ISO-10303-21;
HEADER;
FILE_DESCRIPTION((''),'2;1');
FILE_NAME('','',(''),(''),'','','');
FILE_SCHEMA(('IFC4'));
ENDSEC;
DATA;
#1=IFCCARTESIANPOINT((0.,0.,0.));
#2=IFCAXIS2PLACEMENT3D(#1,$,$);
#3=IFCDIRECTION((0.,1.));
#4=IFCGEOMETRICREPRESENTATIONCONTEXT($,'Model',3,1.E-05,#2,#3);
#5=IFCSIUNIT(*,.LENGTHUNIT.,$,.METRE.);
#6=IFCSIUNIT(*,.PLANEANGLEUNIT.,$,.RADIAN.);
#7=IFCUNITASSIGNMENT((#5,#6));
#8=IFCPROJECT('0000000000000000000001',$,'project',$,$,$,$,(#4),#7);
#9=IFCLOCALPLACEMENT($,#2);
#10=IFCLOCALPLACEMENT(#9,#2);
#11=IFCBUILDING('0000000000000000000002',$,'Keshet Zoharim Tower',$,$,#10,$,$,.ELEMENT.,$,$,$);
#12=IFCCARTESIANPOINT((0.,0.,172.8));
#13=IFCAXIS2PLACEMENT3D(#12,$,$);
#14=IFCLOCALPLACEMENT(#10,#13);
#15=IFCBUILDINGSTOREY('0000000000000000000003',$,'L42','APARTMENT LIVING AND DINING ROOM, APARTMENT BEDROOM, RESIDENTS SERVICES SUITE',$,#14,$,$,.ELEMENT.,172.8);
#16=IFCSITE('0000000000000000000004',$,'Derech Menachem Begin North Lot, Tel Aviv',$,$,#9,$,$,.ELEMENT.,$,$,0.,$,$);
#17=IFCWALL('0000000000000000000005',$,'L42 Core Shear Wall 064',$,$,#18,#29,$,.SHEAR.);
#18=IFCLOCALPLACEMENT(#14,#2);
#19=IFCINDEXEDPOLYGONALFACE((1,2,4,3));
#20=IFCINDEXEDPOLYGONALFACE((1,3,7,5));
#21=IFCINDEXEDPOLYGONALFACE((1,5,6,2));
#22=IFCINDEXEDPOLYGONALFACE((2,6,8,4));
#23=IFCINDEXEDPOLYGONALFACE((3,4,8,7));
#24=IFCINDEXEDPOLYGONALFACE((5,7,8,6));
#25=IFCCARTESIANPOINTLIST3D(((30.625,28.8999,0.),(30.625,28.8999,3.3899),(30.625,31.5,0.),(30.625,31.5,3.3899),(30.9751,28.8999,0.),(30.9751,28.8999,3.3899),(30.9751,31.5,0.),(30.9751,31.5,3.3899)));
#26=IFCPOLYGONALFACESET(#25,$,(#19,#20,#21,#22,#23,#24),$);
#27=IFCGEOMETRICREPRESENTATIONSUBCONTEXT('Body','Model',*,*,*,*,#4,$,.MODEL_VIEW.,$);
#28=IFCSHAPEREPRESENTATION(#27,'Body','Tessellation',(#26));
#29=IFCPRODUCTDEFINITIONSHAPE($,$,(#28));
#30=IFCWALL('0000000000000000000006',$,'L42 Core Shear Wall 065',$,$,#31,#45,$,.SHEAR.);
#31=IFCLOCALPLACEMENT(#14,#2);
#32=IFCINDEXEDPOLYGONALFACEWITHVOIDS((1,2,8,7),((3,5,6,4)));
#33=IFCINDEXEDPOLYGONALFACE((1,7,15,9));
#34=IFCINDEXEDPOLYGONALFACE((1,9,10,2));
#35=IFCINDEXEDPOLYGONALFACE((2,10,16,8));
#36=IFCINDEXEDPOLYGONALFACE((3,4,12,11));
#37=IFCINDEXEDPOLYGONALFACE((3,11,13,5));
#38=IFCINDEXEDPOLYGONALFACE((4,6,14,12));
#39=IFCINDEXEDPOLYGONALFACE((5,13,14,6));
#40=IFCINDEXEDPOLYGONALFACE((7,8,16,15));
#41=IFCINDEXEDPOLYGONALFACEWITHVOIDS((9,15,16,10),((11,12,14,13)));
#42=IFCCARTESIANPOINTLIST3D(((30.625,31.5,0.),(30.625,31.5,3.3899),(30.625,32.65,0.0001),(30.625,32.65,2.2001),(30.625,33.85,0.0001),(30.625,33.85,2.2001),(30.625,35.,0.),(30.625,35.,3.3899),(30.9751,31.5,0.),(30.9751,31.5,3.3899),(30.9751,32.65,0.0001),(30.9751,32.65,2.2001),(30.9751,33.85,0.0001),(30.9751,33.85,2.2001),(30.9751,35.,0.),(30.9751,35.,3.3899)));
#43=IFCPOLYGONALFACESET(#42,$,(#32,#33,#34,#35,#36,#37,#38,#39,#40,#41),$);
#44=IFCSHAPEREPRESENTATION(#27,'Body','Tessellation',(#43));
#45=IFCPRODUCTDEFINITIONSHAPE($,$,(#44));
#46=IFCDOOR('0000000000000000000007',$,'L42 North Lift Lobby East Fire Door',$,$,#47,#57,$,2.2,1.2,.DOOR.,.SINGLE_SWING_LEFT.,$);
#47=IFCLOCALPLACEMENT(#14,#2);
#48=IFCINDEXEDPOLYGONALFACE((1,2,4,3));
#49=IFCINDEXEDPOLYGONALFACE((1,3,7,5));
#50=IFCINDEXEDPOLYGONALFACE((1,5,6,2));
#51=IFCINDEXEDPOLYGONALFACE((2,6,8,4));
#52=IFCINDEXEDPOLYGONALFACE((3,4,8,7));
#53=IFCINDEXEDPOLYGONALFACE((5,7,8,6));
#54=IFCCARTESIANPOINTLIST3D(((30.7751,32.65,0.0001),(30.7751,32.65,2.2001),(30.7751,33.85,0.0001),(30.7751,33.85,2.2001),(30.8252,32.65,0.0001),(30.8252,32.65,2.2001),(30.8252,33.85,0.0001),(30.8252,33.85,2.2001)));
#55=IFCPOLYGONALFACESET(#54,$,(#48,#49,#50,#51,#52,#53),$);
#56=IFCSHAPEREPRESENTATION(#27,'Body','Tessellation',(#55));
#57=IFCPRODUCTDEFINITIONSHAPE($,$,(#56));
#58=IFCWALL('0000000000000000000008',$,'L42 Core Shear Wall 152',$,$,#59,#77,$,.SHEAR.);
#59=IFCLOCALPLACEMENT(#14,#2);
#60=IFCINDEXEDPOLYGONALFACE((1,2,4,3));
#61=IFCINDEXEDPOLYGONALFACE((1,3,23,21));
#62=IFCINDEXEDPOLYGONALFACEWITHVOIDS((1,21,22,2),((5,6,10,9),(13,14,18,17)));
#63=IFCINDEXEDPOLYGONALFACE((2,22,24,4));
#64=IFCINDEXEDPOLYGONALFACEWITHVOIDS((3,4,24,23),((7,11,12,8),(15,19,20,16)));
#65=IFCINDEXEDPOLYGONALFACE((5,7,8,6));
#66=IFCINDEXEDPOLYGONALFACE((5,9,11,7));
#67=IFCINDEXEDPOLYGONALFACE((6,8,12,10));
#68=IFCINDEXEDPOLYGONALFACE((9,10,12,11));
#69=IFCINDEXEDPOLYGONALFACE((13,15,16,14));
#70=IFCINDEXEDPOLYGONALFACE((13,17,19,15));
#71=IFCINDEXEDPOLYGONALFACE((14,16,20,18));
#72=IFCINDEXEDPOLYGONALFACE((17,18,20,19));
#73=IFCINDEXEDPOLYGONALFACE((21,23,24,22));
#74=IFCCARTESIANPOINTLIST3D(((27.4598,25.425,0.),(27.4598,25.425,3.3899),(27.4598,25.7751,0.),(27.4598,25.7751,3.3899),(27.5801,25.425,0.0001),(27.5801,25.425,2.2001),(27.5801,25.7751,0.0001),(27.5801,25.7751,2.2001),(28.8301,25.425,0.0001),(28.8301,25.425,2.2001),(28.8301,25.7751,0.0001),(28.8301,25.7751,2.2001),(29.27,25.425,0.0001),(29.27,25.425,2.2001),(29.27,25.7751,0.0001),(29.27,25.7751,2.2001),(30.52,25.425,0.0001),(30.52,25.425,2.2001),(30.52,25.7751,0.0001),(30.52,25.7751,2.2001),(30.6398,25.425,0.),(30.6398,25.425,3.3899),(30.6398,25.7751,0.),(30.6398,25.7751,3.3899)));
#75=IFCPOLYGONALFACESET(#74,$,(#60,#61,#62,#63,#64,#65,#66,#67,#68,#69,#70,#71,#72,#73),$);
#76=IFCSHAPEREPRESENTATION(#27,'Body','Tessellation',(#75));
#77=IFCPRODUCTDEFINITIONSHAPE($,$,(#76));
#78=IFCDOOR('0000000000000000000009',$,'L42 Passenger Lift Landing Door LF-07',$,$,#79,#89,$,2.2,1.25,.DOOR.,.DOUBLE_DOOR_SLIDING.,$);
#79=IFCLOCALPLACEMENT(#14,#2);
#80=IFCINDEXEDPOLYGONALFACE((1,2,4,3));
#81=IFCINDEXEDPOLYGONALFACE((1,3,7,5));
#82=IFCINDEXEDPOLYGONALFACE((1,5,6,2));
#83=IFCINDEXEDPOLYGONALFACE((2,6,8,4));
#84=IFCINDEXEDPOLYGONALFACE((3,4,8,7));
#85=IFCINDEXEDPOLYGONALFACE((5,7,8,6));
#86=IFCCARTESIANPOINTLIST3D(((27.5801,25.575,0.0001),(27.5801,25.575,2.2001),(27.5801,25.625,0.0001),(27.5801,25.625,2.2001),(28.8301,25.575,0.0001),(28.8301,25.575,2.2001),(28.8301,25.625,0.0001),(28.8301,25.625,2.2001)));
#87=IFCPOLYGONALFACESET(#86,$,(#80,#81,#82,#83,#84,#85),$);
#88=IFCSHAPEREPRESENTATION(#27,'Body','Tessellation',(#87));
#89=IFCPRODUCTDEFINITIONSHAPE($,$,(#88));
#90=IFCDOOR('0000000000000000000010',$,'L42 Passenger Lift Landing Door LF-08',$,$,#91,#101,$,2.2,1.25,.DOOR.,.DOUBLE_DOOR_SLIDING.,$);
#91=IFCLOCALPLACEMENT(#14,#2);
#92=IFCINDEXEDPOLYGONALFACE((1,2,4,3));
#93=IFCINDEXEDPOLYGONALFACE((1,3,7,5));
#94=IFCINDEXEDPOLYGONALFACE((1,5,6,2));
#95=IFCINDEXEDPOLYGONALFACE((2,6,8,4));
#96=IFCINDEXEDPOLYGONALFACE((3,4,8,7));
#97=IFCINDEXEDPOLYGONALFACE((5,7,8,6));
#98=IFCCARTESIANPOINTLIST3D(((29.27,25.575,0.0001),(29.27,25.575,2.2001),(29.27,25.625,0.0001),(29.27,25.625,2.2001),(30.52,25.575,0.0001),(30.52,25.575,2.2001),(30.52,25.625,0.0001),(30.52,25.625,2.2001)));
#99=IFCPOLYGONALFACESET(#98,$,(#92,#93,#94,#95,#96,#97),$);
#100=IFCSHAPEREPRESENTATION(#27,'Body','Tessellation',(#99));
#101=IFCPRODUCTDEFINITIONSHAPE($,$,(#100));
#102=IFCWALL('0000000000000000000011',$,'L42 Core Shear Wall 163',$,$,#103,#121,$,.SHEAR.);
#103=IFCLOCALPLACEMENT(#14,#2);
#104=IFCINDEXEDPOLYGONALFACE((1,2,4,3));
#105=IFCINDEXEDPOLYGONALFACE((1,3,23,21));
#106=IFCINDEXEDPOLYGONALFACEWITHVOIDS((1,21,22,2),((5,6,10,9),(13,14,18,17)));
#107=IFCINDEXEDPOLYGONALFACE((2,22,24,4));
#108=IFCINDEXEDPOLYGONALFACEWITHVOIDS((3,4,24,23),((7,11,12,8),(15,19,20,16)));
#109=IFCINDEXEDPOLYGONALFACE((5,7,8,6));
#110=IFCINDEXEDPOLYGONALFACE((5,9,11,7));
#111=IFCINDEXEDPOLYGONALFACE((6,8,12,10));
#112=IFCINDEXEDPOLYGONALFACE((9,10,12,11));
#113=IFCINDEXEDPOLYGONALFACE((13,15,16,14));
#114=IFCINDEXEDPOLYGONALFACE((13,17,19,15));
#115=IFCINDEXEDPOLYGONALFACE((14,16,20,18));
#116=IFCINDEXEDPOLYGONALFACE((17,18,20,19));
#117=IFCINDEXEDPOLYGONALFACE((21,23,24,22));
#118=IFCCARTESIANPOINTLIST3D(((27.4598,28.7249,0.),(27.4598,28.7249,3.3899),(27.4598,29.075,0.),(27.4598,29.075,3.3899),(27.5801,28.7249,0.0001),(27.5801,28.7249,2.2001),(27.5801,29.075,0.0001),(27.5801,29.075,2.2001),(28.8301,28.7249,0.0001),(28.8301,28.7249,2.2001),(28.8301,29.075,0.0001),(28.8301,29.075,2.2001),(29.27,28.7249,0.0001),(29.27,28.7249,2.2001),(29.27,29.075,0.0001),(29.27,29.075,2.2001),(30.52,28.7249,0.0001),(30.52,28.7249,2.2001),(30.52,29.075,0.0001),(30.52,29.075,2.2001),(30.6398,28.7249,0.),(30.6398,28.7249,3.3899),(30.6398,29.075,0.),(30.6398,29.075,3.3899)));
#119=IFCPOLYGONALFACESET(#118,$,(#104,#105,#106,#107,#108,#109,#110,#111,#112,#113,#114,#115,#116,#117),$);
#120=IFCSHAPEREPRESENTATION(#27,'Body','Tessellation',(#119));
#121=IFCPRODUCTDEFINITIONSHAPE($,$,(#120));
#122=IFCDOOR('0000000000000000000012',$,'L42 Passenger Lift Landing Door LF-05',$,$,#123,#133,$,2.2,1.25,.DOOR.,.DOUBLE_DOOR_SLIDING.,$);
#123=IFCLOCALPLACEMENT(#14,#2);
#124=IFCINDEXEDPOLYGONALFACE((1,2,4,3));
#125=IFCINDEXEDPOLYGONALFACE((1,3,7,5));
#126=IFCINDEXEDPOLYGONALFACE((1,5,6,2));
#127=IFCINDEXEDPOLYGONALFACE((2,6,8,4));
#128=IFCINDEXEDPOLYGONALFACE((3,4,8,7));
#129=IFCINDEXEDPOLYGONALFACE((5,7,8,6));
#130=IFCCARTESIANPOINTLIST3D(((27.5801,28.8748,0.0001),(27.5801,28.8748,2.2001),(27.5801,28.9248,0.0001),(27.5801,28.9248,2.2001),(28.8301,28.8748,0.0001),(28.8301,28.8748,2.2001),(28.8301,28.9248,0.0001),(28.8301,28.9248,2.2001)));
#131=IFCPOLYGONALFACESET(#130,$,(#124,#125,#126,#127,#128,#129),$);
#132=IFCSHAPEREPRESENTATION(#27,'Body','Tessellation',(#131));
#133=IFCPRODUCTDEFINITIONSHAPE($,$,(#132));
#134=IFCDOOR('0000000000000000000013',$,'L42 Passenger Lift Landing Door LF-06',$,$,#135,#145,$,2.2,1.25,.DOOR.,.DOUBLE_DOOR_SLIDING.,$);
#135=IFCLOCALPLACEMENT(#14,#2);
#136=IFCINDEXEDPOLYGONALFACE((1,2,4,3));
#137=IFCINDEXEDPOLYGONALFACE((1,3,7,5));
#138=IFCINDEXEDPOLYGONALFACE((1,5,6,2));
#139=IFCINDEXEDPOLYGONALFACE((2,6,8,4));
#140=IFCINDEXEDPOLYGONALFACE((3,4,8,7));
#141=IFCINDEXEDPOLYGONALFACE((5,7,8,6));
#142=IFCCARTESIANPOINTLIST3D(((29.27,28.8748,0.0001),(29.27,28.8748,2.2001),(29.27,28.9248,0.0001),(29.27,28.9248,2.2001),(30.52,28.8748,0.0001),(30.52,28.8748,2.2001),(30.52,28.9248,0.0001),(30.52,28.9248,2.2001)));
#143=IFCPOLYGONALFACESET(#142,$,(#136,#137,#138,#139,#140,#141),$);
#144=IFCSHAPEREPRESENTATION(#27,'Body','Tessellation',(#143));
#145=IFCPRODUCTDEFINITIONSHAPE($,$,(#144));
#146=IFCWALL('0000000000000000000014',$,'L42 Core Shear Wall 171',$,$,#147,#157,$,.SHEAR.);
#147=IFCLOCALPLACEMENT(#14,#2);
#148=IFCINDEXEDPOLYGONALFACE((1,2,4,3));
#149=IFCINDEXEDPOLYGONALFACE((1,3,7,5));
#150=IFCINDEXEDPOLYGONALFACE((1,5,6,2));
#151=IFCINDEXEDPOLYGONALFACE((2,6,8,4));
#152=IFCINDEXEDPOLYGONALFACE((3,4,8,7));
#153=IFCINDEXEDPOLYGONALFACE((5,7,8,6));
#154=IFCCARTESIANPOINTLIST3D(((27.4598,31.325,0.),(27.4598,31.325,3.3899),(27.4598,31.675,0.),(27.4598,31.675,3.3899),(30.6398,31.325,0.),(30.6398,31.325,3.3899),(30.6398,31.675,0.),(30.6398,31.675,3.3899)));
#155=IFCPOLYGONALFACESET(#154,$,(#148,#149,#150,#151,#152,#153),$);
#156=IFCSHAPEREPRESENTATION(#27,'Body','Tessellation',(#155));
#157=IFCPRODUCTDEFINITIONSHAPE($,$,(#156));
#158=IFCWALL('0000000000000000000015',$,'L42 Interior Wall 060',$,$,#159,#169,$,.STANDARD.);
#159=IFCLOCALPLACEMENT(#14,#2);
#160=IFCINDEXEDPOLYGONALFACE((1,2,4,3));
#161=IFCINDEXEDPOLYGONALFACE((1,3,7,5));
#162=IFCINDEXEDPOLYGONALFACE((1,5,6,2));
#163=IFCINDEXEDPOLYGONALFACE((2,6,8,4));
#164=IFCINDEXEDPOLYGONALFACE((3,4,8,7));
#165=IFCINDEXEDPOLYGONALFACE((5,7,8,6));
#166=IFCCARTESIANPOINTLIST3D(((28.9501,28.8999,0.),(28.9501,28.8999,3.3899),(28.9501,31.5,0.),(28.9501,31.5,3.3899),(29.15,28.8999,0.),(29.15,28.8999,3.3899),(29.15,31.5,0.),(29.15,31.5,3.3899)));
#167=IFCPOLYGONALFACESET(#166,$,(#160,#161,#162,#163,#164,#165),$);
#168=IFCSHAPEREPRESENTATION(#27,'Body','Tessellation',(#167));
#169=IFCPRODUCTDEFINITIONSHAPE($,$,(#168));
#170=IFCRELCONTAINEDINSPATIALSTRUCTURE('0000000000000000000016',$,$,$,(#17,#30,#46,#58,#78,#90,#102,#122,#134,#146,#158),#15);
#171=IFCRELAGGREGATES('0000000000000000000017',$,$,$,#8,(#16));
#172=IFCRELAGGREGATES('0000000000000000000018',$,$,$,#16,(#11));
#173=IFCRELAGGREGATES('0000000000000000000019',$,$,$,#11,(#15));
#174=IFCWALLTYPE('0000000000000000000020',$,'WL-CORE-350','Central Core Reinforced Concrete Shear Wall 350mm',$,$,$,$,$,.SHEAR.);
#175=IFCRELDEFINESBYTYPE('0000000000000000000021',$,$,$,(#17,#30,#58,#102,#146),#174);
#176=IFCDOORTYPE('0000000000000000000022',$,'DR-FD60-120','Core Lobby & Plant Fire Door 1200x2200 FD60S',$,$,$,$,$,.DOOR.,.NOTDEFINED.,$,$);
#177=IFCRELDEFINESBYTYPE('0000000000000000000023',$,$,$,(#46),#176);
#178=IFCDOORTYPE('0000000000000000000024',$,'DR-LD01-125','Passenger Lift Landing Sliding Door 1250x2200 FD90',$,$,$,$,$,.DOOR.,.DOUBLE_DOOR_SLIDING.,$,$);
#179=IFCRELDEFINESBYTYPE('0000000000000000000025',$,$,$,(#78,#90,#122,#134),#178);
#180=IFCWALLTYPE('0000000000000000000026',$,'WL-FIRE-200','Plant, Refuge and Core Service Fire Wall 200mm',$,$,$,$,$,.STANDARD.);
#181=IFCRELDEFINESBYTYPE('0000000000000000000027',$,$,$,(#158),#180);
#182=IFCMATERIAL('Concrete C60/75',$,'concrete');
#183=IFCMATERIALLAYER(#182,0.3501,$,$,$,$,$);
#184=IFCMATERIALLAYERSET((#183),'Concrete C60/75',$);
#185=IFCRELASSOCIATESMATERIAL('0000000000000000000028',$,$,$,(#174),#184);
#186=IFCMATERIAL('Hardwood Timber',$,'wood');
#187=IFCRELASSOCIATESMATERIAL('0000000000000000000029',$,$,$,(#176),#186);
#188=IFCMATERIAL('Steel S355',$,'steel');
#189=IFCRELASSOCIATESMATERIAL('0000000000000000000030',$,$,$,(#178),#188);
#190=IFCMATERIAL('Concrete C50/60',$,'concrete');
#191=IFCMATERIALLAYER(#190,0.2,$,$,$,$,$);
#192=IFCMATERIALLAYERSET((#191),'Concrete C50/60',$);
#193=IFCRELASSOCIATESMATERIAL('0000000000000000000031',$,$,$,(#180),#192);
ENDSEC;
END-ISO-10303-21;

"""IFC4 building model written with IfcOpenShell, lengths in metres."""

from ifc_helpers import new_model, si_unit, direction, frame, frame_2d, origin, place, context, subcontext, project, spatial, rectangle, extrude, material, layer, layer_set, type_object, element, fill, save


model = new_model("IFC4")

# Units and contexts
model_context = context("Model", 3, precision=1e-05, world=origin(), true_north=direction((0.0, 1.0)))
body_context = subcontext(model_context, "Body", "Model", "MODEL_VIEW")
ifc_project = project(units=[si_unit("LENGTHUNIT", "METRE"), si_unit("PLANEANGLEUNIT", "RADIAN")], contexts=[model_context])

# Site, building, storey
site_placement = place(None, origin())
site = spatial("IfcSite", under=ifc_project, at=site_placement, Name="Derech Menachem Begin North Lot, Tel Aviv", CompositionType="ELEMENT", RefElevation=0.0)
building_placement = place(site_placement, origin())
building = spatial("IfcBuilding", under=site, at=building_placement, Name="Keshet Zoharim Tower", CompositionType="ELEMENT")
storey_placement = place(building_placement, frame((0.0, 0.0, 172.8)))
storey = spatial("IfcBuildingStorey", under=building, at=storey_placement, Name="L42", Description="APARTMENT LIVING AND DINING ROOM, APARTMENT BEDROOM, RESIDENTS SERVICES SUITE", CompositionType="ELEMENT", Elevation=172.8)

# Shared definitions
ifc_material_1 = material(Name="Concrete C60/75", Category="concrete")

# Shared definitions
ifc_material_2 = material(Name="Steel S355", Category="steel")

# Shared definitions
ifc_layer_1 = layer(ifc_material_1, 0.3501)
ifc_layer_set_1 = layer_set([ifc_layer_1], Name="Concrete C60/75")
wall_type_1 = type_object("IfcWallType", Name="WL-CORE-350", Description="Central Core Reinforced Concrete Shear Wall 350mm", PredefinedType="SHEAR", material=ifc_layer_set_1)

# Shared definitions
ifc_material_3 = material(Name="Hardwood Timber", Category="wood")
door_type_1 = type_object("IfcDoorType", Name="DR-FD60-120", Description="Core Lobby & Plant Fire Door 1200x2200 FD60S", OperationType="NOTDEFINED", PredefinedType="DOOR", material=ifc_material_3)

# Wall
wall_1_placement = place(storey_placement, frame((30.8, 28.8999, 0.0), z_axis=(0.0, 0.0, 1.0), x_axis=(0.0, 1.0, 0.0)))
element("IfcWall", 1, at=wall_1_placement, inside=storey, type_object=wall_type_1, Name="L42 Core Shear Wall 064", PredefinedType="SHEAR", context=body_context, shape_type="SweptSolid", body=[
    extrude(rectangle(XDim=2.6001, YDim=0.3501, at=frame_2d((1.3, 0.0))), origin(), (0.0, 0.0, 1.0), 3.3899),
])

# Wall, opening, door
wall_2_placement = place(storey_placement, frame((30.8, 31.5, 0.0), z_axis=(0.0, 0.0, 1.0), x_axis=(0.0, 1.0, 0.0)))
wall_2 = element("IfcWall", 2, at=wall_2_placement, inside=storey, type_object=wall_type_1, Name="L42 Core Shear Wall 065", PredefinedType="SHEAR", context=body_context, shape_type="SweptSolid", body=[
    extrude(rectangle(XDim=3.5, YDim=0.3501, at=frame_2d((1.75, 0.0))), origin(), (0.0, 0.0, 1.0), 3.3899),
])
opening_1_placement = place(wall_2_placement, frame((1.1499, 0.0, 0.0)))
opening_1 = element("IfcOpeningElement", 3, at=opening_1_placement, cuts=wall_2, PredefinedType="OPENING", context=body_context, shape_type="SweptSolid", body=[
    extrude(rectangle(XDim=1.2, YDim=2.2, at=frame_2d((0.6001, 1.1001))), frame((0.0, 0.1851, 0.0), z_axis=(0.0, -1.0, 0.0), x_axis=(1.0, 0.0, 0.0)), (0.0, 0.0, 1.0), 0.3701),
])
door_1_placement = place(opening_1_placement, origin())
door_1 = element("IfcDoor", 4, at=door_1_placement, inside=storey, type_object=door_type_1, Name="L42 North Lift Lobby East Fire Door", OperationType="SINGLE_SWING_LEFT", OverallHeight=2.2, OverallWidth=1.2, PredefinedType="DOOR", context=body_context, shape_type="SweptSolid", body=[
    extrude(rectangle(XDim=1.2, YDim=2.2, at=frame_2d((0.6001, 1.1001))), frame((0.0, 0.0249, 0.0), z_axis=(0.0, -1.0, 0.0), x_axis=(1.0, 0.0, 0.0)), (0.0, 0.0, 1.0), 0.05),
])
fill(opening_1, door_1)

# Walls, openings, doors
wall_3_placement = place(storey_placement, frame((27.46, 25.6001, 0.0), z_axis=(0.0, 0.0, 1.0), x_axis=(1.0, 0.0, 0.0)))
wall_3 = element("IfcWall", 5, at=wall_3_placement, inside=storey, type_object=wall_type_1, Name="L42 Core Shear Wall 152", PredefinedType="SHEAR", context=body_context, shape_type="SweptSolid", body=[
    extrude(rectangle(XDim=3.1799, YDim=0.3501, at=frame_2d((1.5898, 0.0))), origin(), (0.0, 0.0, 1.0), 3.3899),
])
opening_2_placement = place(wall_3_placement, frame((0.1201, 0.0, 0.0)))
opening_2 = element("IfcOpeningElement", 6, at=opening_2_placement, cuts=wall_3, PredefinedType="OPENING", context=body_context, shape_type="SweptSolid", body=[
    extrude(rectangle(XDim=1.25, YDim=2.2, at=frame_2d((0.625, 1.1001))), frame((0.0, 0.1851, 0.0), z_axis=(0.0, -1.0, 0.0), x_axis=(1.0, 0.0, 0.0)), (0.0, 0.0, 1.0), 0.3701),
])
opening_3_placement = place(wall_3_placement, frame((1.8101, 0.0, 0.0)))
opening_3 = element("IfcOpeningElement", 7, at=opening_3_placement, cuts=wall_3, PredefinedType="OPENING", context=body_context, shape_type="SweptSolid", body=[
    extrude(rectangle(XDim=1.25, YDim=2.2, at=frame_2d((0.625, 1.1001))), frame((0.0, 0.1851, 0.0), z_axis=(0.0, -1.0, 0.0), x_axis=(1.0, 0.0, 0.0)), (0.0, 0.0, 1.0), 0.3701),
])
door_type_2 = type_object("IfcDoorType", Name="DR-LD01-125", Description="Passenger Lift Landing Sliding Door 1250x2200 FD90", OperationType="DOUBLE_DOOR_SLIDING", PredefinedType="DOOR", material=ifc_material_2)
door_2_placement = place(opening_2_placement, origin())
door_2 = element("IfcDoor", 8, at=door_2_placement, inside=storey, type_object=door_type_2, Name="L42 Passenger Lift Landing Door LF-07", OperationType="DOUBLE_DOOR_SLIDING", OverallHeight=2.2, OverallWidth=1.25, PredefinedType="DOOR", context=body_context, shape_type="SweptSolid", body=[
    extrude(rectangle(XDim=1.25, YDim=2.2, at=frame_2d((0.625, 1.1001))), frame((0.0, 0.0249, 0.0), z_axis=(0.0, -1.0, 0.0), x_axis=(1.0, 0.0, 0.0)), (0.0, 0.0, 1.0), 0.05),
])
fill(opening_2, door_2)
door_3_placement = place(opening_3_placement, origin())
door_3 = element("IfcDoor", 9, at=door_3_placement, inside=storey, type_object=door_type_2, Name="L42 Passenger Lift Landing Door LF-08", OperationType="DOUBLE_DOOR_SLIDING", OverallHeight=2.2, OverallWidth=1.25, PredefinedType="DOOR", context=body_context, shape_type="SweptSolid", body=[
    extrude(rectangle(XDim=1.25, YDim=2.2, at=frame_2d((0.625, 1.1001))), frame((0.0, 0.0249, 0.0), z_axis=(0.0, -1.0, 0.0), x_axis=(1.0, 0.0, 0.0)), (0.0, 0.0, 1.0), 0.05),
])
fill(opening_3, door_3)
wall_4_placement = place(storey_placement, frame((27.46, 28.8999, 0.0), z_axis=(0.0, 0.0, 1.0), x_axis=(1.0, 0.0, 0.0)))
wall_4 = element("IfcWall", 10, at=wall_4_placement, inside=storey, type_object=wall_type_1, Name="L42 Core Shear Wall 163", PredefinedType="SHEAR", context=body_context, shape_type="SweptSolid", body=[
    extrude(rectangle(XDim=3.1799, YDim=0.3501, at=frame_2d((1.5898, 0.0))), origin(), (0.0, 0.0, 1.0), 3.3899),
])
opening_4_placement = place(wall_4_placement, frame((0.1201, 0.0, 0.0)))
opening_4 = element("IfcOpeningElement", 11, at=opening_4_placement, cuts=wall_4, PredefinedType="OPENING", context=body_context, shape_type="SweptSolid", body=[
    extrude(rectangle(XDim=1.25, YDim=2.2, at=frame_2d((0.625, 1.1001))), frame((0.0, 0.1851, 0.0), z_axis=(0.0, -1.0, 0.0), x_axis=(1.0, 0.0, 0.0)), (0.0, 0.0, 1.0), 0.3701),
])
opening_5_placement = place(wall_4_placement, frame((1.8101, 0.0, 0.0)))
opening_5 = element("IfcOpeningElement", 12, at=opening_5_placement, cuts=wall_4, PredefinedType="OPENING", context=body_context, shape_type="SweptSolid", body=[
    extrude(rectangle(XDim=1.25, YDim=2.2, at=frame_2d((0.625, 1.1001))), frame((0.0, 0.1851, 0.0), z_axis=(0.0, -1.0, 0.0), x_axis=(1.0, 0.0, 0.0)), (0.0, 0.0, 1.0), 0.3701),
])
door_4_placement = place(opening_4_placement, origin())
door_4 = element("IfcDoor", 13, at=door_4_placement, inside=storey, type_object=door_type_2, Name="L42 Passenger Lift Landing Door LF-05", OperationType="DOUBLE_DOOR_SLIDING", OverallHeight=2.2, OverallWidth=1.25, PredefinedType="DOOR", context=body_context, shape_type="SweptSolid", body=[
    extrude(rectangle(XDim=1.25, YDim=2.2, at=frame_2d((0.625, 1.1001))), frame((0.0, 0.0249, 0.0), z_axis=(0.0, -1.0, 0.0), x_axis=(1.0, 0.0, 0.0)), (0.0, 0.0, 1.0), 0.05),
])
fill(opening_4, door_4)
door_5_placement = place(opening_5_placement, origin())
door_5 = element("IfcDoor", 14, at=door_5_placement, inside=storey, type_object=door_type_2, Name="L42 Passenger Lift Landing Door LF-06", OperationType="DOUBLE_DOOR_SLIDING", OverallHeight=2.2, OverallWidth=1.25, PredefinedType="DOOR", context=body_context, shape_type="SweptSolid", body=[
    extrude(rectangle(XDim=1.25, YDim=2.2, at=frame_2d((0.625, 1.1001))), frame((0.0, 0.0249, 0.0), z_axis=(0.0, -1.0, 0.0), x_axis=(1.0, 0.0, 0.0)), (0.0, 0.0, 1.0), 0.05),
])
fill(opening_5, door_5)

# Walls
wall_5_placement = place(storey_placement, frame((27.46, 31.5, 0.0), z_axis=(0.0, 0.0, 1.0), x_axis=(1.0, 0.0, 0.0)))
element("IfcWall", 15, at=wall_5_placement, inside=storey, type_object=wall_type_1, Name="L42 Core Shear Wall 171", PredefinedType="SHEAR", context=body_context, shape_type="SweptSolid", body=[
    extrude(rectangle(XDim=3.1799, YDim=0.3501, at=frame_2d((1.5898, 0.0))), origin(), (0.0, 0.0, 1.0), 3.3899),
])
ifc_material_4 = material(Name="Concrete C50/60", Category="concrete")
ifc_layer_2 = layer(ifc_material_4, 0.2)
ifc_layer_set_2 = layer_set([ifc_layer_2], Name="Concrete C50/60")
wall_type_2 = type_object("IfcWallType", Name="WL-FIRE-200", Description="Plant, Refuge and Core Service Fire Wall 200mm", PredefinedType="STANDARD", material=ifc_layer_set_2)
wall_6_placement = place(storey_placement, frame((29.05, 28.8999, 0.0), z_axis=(0.0, 0.0, 1.0), x_axis=(0.0, 1.0, 0.0)))
element("IfcWall", 16, at=wall_6_placement, inside=storey, type_object=wall_type_2, Name="L42 Interior Wall 060", PredefinedType="STANDARD", context=body_context, shape_type="SweptSolid", body=[
    extrude(rectangle(XDim=2.6001, YDim=0.2, at=frame_2d((1.3, 0.0))), origin(), (0.0, 0.0, 1.0), 3.3899),
])

save(model, "model.ifc")
